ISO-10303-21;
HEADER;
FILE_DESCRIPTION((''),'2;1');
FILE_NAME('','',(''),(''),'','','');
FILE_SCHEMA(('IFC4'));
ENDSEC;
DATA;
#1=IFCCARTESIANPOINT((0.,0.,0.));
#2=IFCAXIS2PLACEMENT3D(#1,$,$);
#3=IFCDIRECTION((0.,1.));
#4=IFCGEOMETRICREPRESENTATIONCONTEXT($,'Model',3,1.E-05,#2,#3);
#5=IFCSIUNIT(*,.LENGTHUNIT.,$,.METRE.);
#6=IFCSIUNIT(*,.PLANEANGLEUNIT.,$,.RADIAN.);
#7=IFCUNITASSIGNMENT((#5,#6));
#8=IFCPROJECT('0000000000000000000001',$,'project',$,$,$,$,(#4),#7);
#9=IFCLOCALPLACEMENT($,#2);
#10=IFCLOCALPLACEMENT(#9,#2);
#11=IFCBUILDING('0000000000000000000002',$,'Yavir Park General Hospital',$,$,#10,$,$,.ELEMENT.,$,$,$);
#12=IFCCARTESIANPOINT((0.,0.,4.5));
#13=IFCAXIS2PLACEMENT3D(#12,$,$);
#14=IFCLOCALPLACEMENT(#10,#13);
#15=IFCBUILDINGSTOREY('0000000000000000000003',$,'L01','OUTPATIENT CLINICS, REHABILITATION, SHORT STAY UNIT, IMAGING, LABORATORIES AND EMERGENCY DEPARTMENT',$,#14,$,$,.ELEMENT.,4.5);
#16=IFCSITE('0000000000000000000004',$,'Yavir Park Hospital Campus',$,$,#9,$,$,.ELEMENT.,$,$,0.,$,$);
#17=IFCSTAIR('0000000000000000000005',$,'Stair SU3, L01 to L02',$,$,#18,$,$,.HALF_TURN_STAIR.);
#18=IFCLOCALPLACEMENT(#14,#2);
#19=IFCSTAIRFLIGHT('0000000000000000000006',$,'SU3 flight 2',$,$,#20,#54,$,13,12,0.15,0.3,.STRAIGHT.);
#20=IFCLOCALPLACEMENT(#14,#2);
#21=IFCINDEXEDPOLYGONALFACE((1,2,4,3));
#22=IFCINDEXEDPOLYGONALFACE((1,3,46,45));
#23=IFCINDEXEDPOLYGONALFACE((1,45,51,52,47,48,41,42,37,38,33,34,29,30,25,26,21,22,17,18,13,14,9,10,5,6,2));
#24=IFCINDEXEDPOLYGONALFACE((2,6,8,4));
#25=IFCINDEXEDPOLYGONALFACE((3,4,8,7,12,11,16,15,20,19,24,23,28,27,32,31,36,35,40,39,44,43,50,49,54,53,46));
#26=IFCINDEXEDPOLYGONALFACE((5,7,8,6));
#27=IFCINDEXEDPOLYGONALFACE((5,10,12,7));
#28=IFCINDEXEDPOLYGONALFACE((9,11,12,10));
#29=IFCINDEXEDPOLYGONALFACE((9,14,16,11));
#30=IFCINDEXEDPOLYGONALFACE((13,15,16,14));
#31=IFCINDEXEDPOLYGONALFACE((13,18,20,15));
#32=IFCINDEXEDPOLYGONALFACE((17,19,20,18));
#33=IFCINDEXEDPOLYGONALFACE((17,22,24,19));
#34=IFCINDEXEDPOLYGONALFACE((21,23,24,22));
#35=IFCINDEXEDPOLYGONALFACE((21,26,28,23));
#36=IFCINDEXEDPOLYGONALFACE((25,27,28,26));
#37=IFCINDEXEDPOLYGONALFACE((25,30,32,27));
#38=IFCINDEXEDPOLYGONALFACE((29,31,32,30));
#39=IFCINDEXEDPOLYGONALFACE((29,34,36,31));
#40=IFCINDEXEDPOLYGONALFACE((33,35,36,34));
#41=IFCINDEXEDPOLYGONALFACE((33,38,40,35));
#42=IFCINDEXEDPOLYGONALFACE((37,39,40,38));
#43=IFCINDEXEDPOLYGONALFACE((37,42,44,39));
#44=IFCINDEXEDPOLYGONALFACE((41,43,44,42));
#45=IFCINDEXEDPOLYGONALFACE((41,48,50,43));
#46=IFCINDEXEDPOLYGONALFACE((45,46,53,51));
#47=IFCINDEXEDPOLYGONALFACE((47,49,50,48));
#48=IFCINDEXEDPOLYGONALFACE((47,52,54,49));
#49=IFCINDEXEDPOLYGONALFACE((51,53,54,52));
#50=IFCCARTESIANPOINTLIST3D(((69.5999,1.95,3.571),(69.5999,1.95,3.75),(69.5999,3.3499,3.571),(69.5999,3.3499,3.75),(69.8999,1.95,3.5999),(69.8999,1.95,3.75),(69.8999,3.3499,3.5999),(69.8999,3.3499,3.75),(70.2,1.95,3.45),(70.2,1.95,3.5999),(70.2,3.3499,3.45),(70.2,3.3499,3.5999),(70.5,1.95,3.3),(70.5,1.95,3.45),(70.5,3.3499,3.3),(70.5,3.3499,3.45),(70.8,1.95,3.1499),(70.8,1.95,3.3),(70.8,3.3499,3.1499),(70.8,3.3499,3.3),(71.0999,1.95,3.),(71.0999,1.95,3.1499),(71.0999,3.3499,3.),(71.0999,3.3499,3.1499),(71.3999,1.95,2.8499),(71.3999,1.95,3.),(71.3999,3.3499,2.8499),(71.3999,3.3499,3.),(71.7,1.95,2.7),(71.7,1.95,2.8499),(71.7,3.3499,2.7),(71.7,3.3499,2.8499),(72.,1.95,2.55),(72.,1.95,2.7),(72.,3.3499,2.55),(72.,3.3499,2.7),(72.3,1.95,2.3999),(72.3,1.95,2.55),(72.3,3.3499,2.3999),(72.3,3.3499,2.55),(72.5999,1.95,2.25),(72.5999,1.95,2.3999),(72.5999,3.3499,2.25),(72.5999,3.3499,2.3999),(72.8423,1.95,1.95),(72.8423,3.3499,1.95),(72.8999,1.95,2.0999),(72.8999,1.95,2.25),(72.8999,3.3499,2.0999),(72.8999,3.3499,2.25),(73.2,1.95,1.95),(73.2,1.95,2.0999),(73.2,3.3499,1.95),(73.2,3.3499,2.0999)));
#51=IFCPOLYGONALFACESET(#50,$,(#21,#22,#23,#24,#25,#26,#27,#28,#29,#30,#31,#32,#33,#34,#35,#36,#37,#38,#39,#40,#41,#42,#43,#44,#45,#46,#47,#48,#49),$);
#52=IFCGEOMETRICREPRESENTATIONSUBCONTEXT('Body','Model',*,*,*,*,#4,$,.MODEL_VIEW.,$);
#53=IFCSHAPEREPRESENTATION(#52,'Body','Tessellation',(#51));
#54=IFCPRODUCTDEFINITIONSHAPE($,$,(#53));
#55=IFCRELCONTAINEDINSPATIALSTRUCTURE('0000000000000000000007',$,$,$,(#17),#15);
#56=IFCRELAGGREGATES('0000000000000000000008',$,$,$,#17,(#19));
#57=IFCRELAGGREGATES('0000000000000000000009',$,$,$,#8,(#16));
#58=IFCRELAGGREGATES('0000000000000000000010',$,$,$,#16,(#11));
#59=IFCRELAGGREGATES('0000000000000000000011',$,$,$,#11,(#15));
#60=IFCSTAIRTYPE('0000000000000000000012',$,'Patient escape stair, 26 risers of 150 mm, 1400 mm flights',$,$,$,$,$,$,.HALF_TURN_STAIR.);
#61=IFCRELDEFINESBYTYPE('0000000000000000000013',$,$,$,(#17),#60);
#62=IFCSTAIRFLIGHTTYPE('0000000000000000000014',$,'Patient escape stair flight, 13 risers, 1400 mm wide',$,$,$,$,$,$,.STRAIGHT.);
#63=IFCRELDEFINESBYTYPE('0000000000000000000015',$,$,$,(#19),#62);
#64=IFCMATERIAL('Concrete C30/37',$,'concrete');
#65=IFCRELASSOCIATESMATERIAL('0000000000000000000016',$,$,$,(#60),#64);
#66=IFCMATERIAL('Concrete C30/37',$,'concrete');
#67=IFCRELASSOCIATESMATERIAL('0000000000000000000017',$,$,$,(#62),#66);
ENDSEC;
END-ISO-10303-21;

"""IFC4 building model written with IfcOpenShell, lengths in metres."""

from ifc_helpers import new_model, si_unit, direction, frame, origin, place, context, subcontext, project, spatial, polyline, outline, extrude, material, type_object, element, aggregate, save


model = new_model("IFC4")

# Units and contexts
model_context = context("Model", 3, precision=1e-05, world=origin(), true_north=direction((0.0, 1.0)))
body_context = subcontext(model_context, "Body", "Model", "MODEL_VIEW")
ifc_project = project(units=[si_unit("LENGTHUNIT", "METRE"), si_unit("PLANEANGLEUNIT", "RADIAN")], contexts=[model_context])

# Site, building, storey
site_placement = place(None, origin())
site = spatial("IfcSite", under=ifc_project, at=site_placement, Name="Yavir Park Hospital Campus", CompositionType="ELEMENT", RefElevation=0.0)
building_placement = place(site_placement, origin())
building = spatial("IfcBuilding", under=site, at=building_placement, Name="Yavir Park General Hospital", CompositionType="ELEMENT")
storey_placement = place(building_placement, frame((0.0, 0.0, 4.5)))
storey = spatial("IfcBuildingStorey", under=building, at=storey_placement, Name="L01", Description="OUTPATIENT CLINICS, REHABILITATION, SHORT STAY UNIT, IMAGING, LABORATORIES AND EMERGENCY DEPARTMENT", CompositionType="ELEMENT", Elevation=4.5)

# Stair, stair flight
ifc_material_1 = material(Name="Concrete C30/37", Category="concrete")
stair_type = type_object("IfcStairType", Name="Patient escape stair, 26 risers of 150 mm, 1400 mm flights", PredefinedType="HALF_TURN_STAIR", material=ifc_material_1)
stair_placement = place(storey_placement, origin())
stair = element("IfcStair", 1, at=stair_placement, inside=storey, type_object=stair_type, Name="Stair SU3, L01 to L02", PredefinedType="HALF_TURN_STAIR")
ifc_material_2 = material(Name="Concrete C30/37", Category="concrete")
stair_flight_type = type_object("IfcStairFlightType", Name="Patient escape stair flight, 13 risers, 1400 mm wide", PredefinedType="STRAIGHT", material=ifc_material_2)
stair_flight_placement = place(storey_placement, frame((73.2, 2.6499, 1.95), z_axis=(0.0, 0.0, 1.0), x_axis=(-1.0, 0.0, 0.0)))
stair_flight = element("IfcStairFlight", 2, at=stair_flight_placement, type_object=stair_flight_type, Name="SU3 flight 2", NumberOfRisers=13, NumberOfTreads=12, PredefinedType="STRAIGHT", RiserHeight=0.15, TreadLength=0.3, context=body_context, shape_type="SweptSolid", body=[
    extrude(outline(polyline([(0.0, 0.0), (0.0, 0.1499), (0.3, 0.1499), (0.3, 0.3), (0.6001, 0.3), (0.6001, 0.45), (0.8999, 0.45), (0.8999, 0.6001), (1.2, 0.6001), (1.2, 0.75), (1.5, 0.75), (1.5, 0.8999), (1.8, 0.8999), (1.8, 1.05), (2.1001, 1.05), (2.1001, 1.2), (2.3999, 1.2), (2.3999, 1.3501), (2.7, 1.3501), (2.7, 1.5), (3.0, 1.5), (3.0, 1.6499), (3.3, 1.6499), (3.3, 1.8), (3.6001, 1.8), (3.6001, 1.95), (3.6001, 1.6211), (0.3577, 0.0), (0.0, 0.0)])), frame((0.0, 0.7, 0.0), z_axis=(0.0, -1.0, 0.0), x_axis=(1.0, 0.0, 0.0)), (0.0, 0.0, 1.0), 1.3999),
])
aggregate(stair, [stair_flight])

save(model, "model.ifc")
